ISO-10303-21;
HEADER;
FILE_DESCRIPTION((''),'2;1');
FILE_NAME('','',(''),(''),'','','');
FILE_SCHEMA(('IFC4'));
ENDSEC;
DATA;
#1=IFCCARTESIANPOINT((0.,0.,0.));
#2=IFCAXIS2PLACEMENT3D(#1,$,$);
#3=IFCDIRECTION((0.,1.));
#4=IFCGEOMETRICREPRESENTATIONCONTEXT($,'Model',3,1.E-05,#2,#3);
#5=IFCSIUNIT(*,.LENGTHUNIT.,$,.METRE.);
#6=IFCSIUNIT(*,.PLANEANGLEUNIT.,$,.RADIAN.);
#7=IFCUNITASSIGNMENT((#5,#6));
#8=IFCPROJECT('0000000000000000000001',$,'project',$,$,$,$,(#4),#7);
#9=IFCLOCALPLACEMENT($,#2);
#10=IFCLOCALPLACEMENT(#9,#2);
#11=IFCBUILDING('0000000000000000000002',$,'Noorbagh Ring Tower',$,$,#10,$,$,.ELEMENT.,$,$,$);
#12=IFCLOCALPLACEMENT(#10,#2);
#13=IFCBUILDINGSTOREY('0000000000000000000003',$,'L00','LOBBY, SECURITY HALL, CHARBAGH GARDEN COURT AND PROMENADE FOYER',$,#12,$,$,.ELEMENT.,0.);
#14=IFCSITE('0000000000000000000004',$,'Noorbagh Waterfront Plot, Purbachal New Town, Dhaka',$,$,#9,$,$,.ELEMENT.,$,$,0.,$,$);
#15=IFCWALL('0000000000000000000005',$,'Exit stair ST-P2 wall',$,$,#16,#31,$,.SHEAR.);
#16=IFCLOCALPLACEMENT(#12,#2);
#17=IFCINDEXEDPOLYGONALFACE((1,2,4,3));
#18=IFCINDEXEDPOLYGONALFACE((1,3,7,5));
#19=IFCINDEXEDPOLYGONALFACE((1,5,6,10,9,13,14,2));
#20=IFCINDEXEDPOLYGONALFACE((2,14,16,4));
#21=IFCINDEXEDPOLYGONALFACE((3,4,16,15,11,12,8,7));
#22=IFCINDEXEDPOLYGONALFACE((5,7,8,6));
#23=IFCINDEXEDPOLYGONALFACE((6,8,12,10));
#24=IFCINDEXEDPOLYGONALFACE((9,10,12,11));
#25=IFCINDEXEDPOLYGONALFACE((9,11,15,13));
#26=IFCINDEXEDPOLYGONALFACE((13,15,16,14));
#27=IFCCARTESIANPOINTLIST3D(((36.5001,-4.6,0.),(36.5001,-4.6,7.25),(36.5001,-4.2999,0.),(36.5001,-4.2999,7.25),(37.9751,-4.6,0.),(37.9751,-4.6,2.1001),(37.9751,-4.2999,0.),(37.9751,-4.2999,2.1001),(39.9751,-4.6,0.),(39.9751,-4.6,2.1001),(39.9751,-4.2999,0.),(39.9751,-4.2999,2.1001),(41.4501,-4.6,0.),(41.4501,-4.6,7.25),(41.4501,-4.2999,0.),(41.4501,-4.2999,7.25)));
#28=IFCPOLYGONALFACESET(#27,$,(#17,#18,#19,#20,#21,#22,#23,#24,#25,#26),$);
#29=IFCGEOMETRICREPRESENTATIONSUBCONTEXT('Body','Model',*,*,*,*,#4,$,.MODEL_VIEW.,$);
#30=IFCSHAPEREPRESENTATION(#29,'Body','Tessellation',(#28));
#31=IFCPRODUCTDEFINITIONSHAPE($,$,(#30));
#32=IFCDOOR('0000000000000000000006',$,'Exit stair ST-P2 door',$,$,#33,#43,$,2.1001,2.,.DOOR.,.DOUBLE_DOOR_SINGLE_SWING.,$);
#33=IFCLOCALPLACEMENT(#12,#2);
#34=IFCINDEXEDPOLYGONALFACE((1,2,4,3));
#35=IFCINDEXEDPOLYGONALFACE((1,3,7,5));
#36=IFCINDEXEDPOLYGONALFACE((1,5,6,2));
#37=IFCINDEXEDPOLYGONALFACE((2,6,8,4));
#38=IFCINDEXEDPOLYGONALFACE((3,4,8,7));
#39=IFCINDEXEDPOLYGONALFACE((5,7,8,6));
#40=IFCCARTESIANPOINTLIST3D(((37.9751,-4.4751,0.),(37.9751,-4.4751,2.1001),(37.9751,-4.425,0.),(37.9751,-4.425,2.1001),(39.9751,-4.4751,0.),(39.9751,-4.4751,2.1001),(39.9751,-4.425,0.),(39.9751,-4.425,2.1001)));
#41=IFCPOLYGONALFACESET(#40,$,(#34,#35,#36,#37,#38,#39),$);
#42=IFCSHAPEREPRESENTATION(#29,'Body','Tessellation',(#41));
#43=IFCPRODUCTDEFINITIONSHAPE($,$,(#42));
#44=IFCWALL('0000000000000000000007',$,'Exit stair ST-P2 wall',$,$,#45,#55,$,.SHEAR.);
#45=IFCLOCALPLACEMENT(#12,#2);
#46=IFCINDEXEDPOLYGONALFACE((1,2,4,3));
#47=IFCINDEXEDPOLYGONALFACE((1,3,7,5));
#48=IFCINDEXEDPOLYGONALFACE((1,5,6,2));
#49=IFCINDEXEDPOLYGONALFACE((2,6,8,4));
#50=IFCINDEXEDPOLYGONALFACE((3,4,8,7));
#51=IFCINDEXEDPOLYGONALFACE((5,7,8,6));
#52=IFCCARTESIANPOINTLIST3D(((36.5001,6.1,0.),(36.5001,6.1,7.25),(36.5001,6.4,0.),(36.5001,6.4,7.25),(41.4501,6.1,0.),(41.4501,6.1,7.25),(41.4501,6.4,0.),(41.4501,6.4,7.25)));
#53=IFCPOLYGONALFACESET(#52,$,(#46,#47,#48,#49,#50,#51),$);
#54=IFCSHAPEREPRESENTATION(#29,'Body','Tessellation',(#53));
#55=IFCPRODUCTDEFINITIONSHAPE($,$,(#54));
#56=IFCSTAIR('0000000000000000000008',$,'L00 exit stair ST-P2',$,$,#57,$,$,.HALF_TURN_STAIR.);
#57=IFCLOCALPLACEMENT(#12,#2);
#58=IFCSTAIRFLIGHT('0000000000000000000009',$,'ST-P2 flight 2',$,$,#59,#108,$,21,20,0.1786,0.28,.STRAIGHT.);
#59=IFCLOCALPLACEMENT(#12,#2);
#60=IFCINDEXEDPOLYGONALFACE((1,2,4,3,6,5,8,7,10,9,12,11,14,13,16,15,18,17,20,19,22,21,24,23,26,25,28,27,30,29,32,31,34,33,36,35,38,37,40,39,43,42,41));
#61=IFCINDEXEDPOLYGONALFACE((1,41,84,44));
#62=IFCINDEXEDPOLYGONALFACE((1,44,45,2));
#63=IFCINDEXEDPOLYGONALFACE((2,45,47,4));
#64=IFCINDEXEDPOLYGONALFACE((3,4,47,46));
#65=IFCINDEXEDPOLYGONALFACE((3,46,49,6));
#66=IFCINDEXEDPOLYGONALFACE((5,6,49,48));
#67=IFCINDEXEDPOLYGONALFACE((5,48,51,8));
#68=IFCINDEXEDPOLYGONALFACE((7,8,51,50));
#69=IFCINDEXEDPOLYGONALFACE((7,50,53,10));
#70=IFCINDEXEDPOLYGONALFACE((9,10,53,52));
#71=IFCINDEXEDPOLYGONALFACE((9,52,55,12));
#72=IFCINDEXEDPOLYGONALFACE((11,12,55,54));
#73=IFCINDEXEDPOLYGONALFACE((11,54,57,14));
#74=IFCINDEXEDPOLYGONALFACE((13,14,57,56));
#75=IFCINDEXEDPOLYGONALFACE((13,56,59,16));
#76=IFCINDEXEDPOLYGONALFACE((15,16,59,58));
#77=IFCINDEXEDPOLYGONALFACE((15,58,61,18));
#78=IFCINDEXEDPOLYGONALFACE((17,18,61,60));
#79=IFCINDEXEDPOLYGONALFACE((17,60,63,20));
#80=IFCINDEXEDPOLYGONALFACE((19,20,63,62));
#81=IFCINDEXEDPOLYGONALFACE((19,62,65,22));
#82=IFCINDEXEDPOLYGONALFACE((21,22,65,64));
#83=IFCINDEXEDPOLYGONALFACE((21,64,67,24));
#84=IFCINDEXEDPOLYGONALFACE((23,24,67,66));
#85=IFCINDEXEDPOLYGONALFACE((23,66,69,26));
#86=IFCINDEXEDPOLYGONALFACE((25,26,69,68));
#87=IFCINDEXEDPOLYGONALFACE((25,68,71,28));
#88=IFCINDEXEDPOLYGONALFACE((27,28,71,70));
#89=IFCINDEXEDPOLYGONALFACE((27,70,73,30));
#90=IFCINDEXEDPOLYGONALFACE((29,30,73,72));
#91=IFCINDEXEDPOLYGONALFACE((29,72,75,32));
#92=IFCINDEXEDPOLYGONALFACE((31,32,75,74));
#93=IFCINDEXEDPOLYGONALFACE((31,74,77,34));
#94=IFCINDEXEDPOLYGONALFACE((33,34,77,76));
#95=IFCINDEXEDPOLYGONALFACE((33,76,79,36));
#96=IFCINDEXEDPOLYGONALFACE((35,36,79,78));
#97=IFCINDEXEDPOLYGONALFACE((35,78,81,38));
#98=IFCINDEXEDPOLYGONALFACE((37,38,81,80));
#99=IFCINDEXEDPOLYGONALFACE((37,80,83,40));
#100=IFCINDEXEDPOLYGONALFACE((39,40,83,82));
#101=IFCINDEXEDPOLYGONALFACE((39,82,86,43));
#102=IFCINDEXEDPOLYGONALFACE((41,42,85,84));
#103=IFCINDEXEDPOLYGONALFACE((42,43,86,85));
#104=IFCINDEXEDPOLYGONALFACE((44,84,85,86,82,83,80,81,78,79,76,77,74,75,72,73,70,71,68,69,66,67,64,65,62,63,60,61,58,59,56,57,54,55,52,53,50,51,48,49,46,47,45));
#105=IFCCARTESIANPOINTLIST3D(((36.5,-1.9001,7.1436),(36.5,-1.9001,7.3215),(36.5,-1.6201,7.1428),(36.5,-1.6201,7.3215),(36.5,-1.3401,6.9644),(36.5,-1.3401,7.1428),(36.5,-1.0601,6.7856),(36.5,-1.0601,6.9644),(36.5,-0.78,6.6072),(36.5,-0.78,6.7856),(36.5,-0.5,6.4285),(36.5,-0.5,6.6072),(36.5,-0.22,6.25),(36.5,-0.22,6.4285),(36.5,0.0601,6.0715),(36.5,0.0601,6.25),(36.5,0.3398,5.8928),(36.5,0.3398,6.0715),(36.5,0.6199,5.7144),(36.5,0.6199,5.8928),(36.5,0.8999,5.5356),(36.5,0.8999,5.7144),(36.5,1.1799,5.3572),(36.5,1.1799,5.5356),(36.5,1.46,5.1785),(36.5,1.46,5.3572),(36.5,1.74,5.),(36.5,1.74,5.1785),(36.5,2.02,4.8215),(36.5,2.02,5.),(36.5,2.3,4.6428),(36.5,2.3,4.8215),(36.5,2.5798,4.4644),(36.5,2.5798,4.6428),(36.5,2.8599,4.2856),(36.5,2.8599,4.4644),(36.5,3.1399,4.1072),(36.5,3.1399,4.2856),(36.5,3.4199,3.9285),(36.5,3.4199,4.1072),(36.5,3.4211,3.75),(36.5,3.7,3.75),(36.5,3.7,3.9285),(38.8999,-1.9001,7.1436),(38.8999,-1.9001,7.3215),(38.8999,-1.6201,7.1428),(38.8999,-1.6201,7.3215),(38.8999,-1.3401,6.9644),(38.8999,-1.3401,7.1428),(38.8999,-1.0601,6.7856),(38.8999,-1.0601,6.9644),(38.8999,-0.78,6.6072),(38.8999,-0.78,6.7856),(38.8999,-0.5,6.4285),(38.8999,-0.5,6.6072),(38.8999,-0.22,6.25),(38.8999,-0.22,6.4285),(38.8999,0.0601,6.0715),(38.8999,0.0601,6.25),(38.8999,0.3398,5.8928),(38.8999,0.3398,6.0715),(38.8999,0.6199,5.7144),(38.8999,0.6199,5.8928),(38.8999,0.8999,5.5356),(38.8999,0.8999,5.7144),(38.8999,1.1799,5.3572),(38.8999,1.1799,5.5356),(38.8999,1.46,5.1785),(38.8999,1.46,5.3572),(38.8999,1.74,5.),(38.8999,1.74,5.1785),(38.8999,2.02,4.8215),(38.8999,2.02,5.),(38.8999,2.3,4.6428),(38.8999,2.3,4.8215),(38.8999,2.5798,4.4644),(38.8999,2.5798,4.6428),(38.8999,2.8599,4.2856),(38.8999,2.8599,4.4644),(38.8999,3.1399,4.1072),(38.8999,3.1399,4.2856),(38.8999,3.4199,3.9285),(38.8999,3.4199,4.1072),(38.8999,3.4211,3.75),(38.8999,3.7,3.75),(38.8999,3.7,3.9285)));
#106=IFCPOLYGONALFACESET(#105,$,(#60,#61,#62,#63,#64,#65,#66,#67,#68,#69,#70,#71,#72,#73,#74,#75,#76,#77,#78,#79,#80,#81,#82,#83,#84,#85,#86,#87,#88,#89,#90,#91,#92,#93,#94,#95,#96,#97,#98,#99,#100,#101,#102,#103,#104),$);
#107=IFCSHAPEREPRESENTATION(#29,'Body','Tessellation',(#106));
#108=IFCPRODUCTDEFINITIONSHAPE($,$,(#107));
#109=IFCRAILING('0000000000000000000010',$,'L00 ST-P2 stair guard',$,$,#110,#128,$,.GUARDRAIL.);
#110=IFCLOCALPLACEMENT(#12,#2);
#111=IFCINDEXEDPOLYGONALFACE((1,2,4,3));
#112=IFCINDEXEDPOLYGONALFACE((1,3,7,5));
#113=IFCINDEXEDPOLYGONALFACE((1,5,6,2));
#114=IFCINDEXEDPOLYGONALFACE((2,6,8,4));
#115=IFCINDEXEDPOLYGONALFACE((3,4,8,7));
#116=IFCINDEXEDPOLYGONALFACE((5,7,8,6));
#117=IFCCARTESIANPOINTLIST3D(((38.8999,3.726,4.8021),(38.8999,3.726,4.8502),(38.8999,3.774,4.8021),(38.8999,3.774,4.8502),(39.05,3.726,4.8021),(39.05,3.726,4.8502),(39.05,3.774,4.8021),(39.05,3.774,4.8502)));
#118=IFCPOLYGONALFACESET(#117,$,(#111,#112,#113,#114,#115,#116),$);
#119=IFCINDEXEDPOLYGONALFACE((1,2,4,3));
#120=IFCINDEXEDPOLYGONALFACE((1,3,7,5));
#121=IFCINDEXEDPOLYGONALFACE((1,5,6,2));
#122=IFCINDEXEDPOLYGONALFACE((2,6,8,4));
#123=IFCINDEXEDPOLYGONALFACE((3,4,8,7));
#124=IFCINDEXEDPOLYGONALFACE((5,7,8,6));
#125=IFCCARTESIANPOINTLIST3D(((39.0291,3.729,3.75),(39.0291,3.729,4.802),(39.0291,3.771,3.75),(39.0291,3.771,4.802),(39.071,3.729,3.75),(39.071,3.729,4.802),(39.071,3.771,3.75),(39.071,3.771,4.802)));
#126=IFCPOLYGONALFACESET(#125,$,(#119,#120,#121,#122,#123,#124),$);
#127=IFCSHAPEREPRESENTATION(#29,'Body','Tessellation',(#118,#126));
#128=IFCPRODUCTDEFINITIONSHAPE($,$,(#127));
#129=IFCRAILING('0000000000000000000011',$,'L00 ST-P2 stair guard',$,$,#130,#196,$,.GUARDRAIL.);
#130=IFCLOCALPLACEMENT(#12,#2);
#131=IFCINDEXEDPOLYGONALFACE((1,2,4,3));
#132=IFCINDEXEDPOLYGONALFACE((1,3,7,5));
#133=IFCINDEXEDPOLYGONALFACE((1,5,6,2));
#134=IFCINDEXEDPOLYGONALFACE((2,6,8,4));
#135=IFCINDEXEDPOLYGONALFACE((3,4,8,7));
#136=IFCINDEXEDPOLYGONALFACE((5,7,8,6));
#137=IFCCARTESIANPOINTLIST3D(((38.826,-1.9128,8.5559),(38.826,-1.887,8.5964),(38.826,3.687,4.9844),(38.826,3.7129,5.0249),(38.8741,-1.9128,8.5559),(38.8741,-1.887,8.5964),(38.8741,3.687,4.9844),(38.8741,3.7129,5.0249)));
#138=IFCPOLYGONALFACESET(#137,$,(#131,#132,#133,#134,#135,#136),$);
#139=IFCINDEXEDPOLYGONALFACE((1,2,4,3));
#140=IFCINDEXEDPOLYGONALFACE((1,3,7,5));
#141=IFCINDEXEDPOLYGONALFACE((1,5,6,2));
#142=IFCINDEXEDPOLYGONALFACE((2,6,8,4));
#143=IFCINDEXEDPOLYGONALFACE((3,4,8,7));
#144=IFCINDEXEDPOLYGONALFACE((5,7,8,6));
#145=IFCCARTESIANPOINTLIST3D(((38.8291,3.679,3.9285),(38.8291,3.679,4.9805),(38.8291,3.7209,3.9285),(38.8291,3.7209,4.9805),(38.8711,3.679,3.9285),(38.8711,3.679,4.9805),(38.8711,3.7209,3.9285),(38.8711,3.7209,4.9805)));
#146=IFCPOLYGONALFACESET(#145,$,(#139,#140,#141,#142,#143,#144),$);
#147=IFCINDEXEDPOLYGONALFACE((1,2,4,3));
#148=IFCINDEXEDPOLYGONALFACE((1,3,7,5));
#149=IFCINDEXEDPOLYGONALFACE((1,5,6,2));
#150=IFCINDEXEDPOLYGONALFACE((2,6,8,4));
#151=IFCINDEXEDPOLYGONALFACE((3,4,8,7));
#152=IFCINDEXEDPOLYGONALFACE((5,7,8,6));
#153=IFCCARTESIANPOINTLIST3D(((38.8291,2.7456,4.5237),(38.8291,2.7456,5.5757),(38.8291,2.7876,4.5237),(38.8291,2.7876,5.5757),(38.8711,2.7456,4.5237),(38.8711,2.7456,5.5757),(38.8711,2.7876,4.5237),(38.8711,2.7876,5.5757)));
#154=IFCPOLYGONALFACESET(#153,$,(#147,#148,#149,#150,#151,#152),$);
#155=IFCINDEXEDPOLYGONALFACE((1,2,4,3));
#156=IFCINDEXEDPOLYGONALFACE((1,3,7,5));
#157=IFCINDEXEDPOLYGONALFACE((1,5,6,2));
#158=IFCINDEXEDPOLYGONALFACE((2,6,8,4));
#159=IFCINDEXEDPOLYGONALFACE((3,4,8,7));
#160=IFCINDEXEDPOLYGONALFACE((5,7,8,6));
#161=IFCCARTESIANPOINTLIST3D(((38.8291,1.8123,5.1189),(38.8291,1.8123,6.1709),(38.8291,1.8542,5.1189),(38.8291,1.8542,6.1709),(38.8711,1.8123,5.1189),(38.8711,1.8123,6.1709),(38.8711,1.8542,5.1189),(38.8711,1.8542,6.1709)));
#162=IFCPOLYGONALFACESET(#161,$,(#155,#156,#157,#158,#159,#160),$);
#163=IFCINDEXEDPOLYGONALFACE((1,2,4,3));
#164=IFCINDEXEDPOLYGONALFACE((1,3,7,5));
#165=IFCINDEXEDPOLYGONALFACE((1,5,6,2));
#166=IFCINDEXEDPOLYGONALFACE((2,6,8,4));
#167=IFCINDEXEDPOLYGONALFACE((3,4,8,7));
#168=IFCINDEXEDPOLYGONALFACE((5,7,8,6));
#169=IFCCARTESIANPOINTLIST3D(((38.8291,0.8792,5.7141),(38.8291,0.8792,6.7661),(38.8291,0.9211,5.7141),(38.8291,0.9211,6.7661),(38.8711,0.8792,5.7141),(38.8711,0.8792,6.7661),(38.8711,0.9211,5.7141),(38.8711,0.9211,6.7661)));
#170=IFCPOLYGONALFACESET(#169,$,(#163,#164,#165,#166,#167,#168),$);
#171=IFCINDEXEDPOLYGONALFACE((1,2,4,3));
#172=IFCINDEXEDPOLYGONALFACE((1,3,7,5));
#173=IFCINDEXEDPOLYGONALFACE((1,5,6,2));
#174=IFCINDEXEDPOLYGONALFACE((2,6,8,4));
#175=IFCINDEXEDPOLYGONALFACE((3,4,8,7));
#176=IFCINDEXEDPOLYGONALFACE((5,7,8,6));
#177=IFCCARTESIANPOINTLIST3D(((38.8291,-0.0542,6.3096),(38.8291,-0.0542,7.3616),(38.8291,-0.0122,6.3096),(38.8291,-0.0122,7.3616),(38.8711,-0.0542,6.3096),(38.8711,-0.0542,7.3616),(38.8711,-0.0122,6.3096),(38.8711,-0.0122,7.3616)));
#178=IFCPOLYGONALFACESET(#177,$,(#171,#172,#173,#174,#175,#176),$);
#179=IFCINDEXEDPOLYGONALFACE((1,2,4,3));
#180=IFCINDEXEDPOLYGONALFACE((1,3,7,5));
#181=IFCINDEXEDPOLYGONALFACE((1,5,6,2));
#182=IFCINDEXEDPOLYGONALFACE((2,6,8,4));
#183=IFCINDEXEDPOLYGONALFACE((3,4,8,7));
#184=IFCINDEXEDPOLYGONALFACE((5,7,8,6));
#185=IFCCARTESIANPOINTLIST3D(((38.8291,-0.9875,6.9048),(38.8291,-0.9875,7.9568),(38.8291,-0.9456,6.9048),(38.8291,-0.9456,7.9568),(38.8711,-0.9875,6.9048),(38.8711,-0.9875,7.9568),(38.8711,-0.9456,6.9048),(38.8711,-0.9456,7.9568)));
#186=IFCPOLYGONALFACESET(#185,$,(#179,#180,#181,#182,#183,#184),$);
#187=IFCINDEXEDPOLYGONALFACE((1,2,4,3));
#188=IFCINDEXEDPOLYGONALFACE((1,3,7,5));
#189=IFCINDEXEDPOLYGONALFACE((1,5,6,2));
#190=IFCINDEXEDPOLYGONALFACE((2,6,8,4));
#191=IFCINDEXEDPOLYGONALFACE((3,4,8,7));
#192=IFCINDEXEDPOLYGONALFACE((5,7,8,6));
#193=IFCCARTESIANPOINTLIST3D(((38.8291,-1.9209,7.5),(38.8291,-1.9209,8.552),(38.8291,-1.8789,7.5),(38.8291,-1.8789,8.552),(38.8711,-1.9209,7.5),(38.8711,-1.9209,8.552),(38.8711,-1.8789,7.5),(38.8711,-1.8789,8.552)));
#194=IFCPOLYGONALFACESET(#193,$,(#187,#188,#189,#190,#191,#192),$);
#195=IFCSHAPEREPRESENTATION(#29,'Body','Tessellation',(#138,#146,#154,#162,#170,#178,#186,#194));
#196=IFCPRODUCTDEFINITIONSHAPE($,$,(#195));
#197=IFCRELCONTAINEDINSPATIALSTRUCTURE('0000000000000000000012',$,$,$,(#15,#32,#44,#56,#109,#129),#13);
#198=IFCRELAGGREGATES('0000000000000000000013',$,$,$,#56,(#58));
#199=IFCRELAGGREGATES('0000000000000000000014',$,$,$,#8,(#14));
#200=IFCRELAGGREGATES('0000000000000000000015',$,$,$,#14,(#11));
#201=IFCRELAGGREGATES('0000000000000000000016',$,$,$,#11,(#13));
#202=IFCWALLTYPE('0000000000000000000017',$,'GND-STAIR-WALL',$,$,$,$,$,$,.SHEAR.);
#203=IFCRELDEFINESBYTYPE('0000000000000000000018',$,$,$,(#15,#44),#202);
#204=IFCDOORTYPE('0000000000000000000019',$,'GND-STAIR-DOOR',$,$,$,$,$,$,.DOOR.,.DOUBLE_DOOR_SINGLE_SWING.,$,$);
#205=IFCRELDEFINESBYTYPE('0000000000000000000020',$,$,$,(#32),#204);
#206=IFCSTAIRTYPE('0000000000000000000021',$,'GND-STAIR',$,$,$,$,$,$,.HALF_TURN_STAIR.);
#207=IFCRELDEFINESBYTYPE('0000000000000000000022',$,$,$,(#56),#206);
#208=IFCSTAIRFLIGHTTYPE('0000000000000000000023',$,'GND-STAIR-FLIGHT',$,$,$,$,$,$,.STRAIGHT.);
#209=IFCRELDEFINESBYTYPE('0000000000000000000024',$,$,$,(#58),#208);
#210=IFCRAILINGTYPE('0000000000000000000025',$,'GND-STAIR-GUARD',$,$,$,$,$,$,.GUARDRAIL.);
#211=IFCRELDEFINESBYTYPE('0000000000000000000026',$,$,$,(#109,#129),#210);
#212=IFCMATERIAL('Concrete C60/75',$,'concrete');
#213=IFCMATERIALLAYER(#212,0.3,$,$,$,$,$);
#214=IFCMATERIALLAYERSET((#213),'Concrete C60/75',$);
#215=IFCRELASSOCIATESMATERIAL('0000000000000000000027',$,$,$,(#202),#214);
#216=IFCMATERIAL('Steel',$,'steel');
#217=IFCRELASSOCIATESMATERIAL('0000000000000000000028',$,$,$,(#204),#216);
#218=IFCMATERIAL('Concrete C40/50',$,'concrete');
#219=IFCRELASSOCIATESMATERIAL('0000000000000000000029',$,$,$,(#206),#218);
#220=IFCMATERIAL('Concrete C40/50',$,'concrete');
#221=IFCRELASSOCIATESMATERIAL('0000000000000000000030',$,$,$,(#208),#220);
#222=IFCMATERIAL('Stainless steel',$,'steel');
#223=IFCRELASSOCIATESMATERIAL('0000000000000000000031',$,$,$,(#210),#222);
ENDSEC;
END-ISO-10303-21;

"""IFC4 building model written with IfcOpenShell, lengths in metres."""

from ifc_helpers import new_model, si_unit, direction, frame, frame_2d, origin, origin_2d, place, context, subcontext, project, spatial, polyline, rectangle, outline, extrude, material, layer, layer_set, type_object, element, fill, aggregate, save


model = new_model("IFC4")

# Units and contexts
model_context = context("Model", 3, precision=1e-05, world=origin(), true_north=direction((0.0, 1.0)))
body_context = subcontext(model_context, "Body", "Model", "MODEL_VIEW")
ifc_project = project(units=[si_unit("LENGTHUNIT", "METRE"), si_unit("PLANEANGLEUNIT", "RADIAN")], contexts=[model_context])

# Site, building, storey
site_placement = place(None, origin())
site = spatial("IfcSite", under=ifc_project, at=site_placement, Name="Noorbagh Waterfront Plot, Purbachal New Town, Dhaka", CompositionType="ELEMENT", RefElevation=0.0)
building_placement = place(site_placement, origin())
building = spatial("IfcBuilding", under=site, at=building_placement, Name="Noorbagh Ring Tower", CompositionType="ELEMENT")
storey_placement = place(building_placement, origin())
storey = spatial("IfcBuildingStorey", under=building, at=storey_placement, Name="L00", Description="LOBBY, SECURITY HALL, CHARBAGH GARDEN COURT AND PROMENADE FOYER", CompositionType="ELEMENT", Elevation=0.0)

# Shared definitions
ifc_material_1 = material(Name="Concrete C60/75", Category="concrete")
ifc_layer_1 = layer(ifc_material_1, 0.3)
ifc_layer_set_1 = layer_set([ifc_layer_1], Name="Concrete C60/75")
wall_type_1 = type_object("IfcWallType", Name="GND-STAIR-WALL", PredefinedType="SHEAR", material=ifc_layer_set_1)

# Wall, opening, door
wall_1_placement = place(storey_placement, frame((36.5, -4.45, 0.0), z_axis=(0.0, 0.0, 1.0), x_axis=(1.0, 0.0, 0.0)))
wall_1 = element("IfcWall", 1, at=wall_1_placement, inside=storey, type_object=wall_type_1, Name="Exit stair ST-P2 wall", PredefinedType="SHEAR", context=body_context, shape_type="SweptSolid", body=[
    extrude(rectangle(XDim=4.95, YDim=0.3, at=frame_2d((2.4751, 0.0))), origin(), (0.0, 0.0, 1.0), 7.25),
])
opening_1_placement = place(wall_1_placement, frame((1.4751, 0.0, 0.0)))
opening_1 = element("IfcOpeningElement", 2, at=opening_1_placement, cuts=wall_1, PredefinedType="OPENING", context=body_context, shape_type="SweptSolid", body=[
    extrude(rectangle(XDim=2.0, YDim=2.1001, at=frame_2d((1.0, 1.05))), frame((0.0, 0.1602, 0.0), z_axis=(0.0, -1.0, 0.0), x_axis=(1.0, 0.0, 0.0)), (0.0, 0.0, 1.0), 0.3201),
])
ifc_material_2 = material(Name="Steel", Category="steel")
door_type_1 = type_object("IfcDoorType", Name="GND-STAIR-DOOR", OperationType="DOUBLE_DOOR_SINGLE_SWING", PredefinedType="DOOR", material=ifc_material_2)
door_1_placement = place(opening_1_placement, origin())
door_1 = element("IfcDoor", 3, at=door_1_placement, inside=storey, type_object=door_type_1, Name="Exit stair ST-P2 door", OperationType="DOUBLE_DOOR_SINGLE_SWING", OverallHeight=2.1001, OverallWidth=2.0, PredefinedType="DOOR", context=body_context, shape_type="SweptSolid", body=[
    extrude(rectangle(XDim=2.0, YDim=2.1001, at=frame_2d((1.0, 1.05))), frame((0.0, 0.0249, 0.0), z_axis=(0.0, -1.0, 0.0), x_axis=(1.0, 0.0, 0.0)), (0.0, 0.0, 1.0), 0.05),
])
fill(opening_1, door_1)

# Wall
wall_2_placement = place(storey_placement, frame((36.5, 6.25, 0.0), z_axis=(0.0, 0.0, 1.0), x_axis=(1.0, 0.0, 0.0)))
element("IfcWall", 4, at=wall_2_placement, inside=storey, type_object=wall_type_1, Name="Exit stair ST-P2 wall", PredefinedType="SHEAR", context=body_context, shape_type="SweptSolid", body=[
    extrude(rectangle(XDim=4.95, YDim=0.3, at=frame_2d((2.4751, 0.0))), origin(), (0.0, 0.0, 1.0), 7.25),
])

# Stair, stair flight
ifc_material_3 = material(Name="Concrete C40/50", Category="concrete")
stair_type = type_object("IfcStairType", Name="GND-STAIR", PredefinedType="HALF_TURN_STAIR", material=ifc_material_3)
stair_placement = place(storey_placement, origin())
stair = element("IfcStair", 5, at=stair_placement, inside=storey, type_object=stair_type, Name="L00 exit stair ST-P2", PredefinedType="HALF_TURN_STAIR")
ifc_material_4 = material(Name="Concrete C40/50", Category="concrete")
stair_flight_type = type_object("IfcStairFlightType", Name="GND-STAIR-FLIGHT", PredefinedType="STRAIGHT", material=ifc_material_4)
stair_flight_placement = place(storey_placement, frame((37.7, 3.7, 3.75), z_axis=(0.0, 0.0, 1.0), x_axis=(0.0, -1.0, 0.0)))
stair_flight = element("IfcStairFlight", 6, at=stair_flight_placement, type_object=stair_flight_type, Name="ST-P2 flight 2", NumberOfRisers=21, NumberOfTreads=20, PredefinedType="STRAIGHT", RiserHeight=0.1786, TreadLength=0.28, context=body_context, shape_type="SweptSolid", body=[
    extrude(outline(polyline([(0.0, 0.0), (0.0, 0.1785), (0.28, 0.1785), (0.28, 0.3572), (0.5601, 0.3572), (0.5601, 0.5356), (0.8401, 0.5356), (0.8401, 0.7144), (1.1201, 0.7144), (1.1201, 0.8928), (1.3999, 0.8928), (1.3999, 1.0715), (1.6799, 1.0715), (1.6799, 1.25), (1.96, 1.25), (1.96, 1.4285), (2.24, 1.4285), (2.24, 1.6072), (2.52, 1.6072), (2.52, 1.7856), (2.8, 1.7856), (2.8, 1.9644), (3.0801, 1.9644), (3.0801, 2.1428), (3.3601, 2.1428), (3.3601, 2.3215), (3.6399, 2.3215), (3.6399, 2.5), (3.9199, 2.5), (3.9199, 2.6785), (4.2, 2.6785), (4.2, 2.8572), (4.48, 2.8572), (4.48, 3.0356), (4.76, 3.0356), (4.76, 3.2144), (5.04, 3.2144), (5.04, 3.3928), (5.3201, 3.3928), (5.3201, 3.5715), (5.6001, 3.5715), (5.6001, 3.75), (5.6001, 3.3936), (0.2788, 0.0), (0.0, 0.0)])), frame((0.0, 1.2, 0.0), z_axis=(0.0, -1.0, 0.0), x_axis=(1.0, 0.0, 0.0)), (0.0, 0.0, 1.0), 2.3999),
])
aggregate(stair, [stair_flight])

# Railings
ifc_material_5 = material(Name="Stainless steel", Category="steel")
railing_type = type_object("IfcRailingType", Name="GND-STAIR-GUARD", PredefinedType="GUARDRAIL", material=ifc_material_5)
railing_1_placement = place(storey_placement, frame((39.05, 3.75, 3.75)))
element("IfcRailing", 7, at=railing_1_placement, inside=storey, type_object=railing_type, Name="L00 ST-P2 stair guard", PredefinedType="GUARDRAIL", context=body_context, shape_type="SweptSolid", body=[
    extrude(rectangle(XDim=0.0481, YDim=0.0481, at=origin_2d()), frame((0.0, 0.0, 1.0762), z_axis=(-1.0, 0.0, 0.0), x_axis=(0.0, -1.0, 0.0)), (0.0, 0.0, 1.0), 0.1501),
    extrude(rectangle(XDim=0.042, YDim=0.042, at=origin_2d()), origin(), (0.0, 0.0, 1.0), 1.052),
])
railing_2_placement = place(storey_placement, frame((38.8501, 3.7, 3.9285)))
element("IfcRailing", 8, at=railing_2_placement, inside=storey, type_object=railing_type, Name="L00 ST-P2 stair guard", PredefinedType="GUARDRAIL", context=body_context, shape_type="SweptSolid", body=[
    extrude(rectangle(XDim=0.0481, YDim=0.0481, at=origin_2d()), frame((0.0, 0.0, 1.0762), z_axis=(0.0, -0.843116, 0.537731), x_axis=(1.0, 0.0, 0.0)), (0.0, 0.0, 1.0), 6.6418),
    extrude(rectangle(XDim=0.042, YDim=0.042, at=origin_2d()), origin(), (0.0, 0.0, 1.0), 1.052),
    extrude(rectangle(XDim=0.042, YDim=0.042, at=origin_2d()), frame((0.0, -0.9333, 0.5952)), (0.0, 0.0, 1.0), 1.052),
    extrude(rectangle(XDim=0.042, YDim=0.042, at=origin_2d()), frame((0.0, -1.8667, 1.1904)), (0.0, 0.0, 1.0), 1.052),
    extrude(rectangle(XDim=0.042, YDim=0.042, at=origin_2d()), frame((0.0, -2.7998, 1.7856)), (0.0, 0.0, 1.0), 1.052),
    extrude(rectangle(XDim=0.042, YDim=0.042, at=origin_2d()), frame((0.0, -3.7332, 2.3811)), (0.0, 0.0, 1.0), 1.052),
    extrude(rectangle(XDim=0.042, YDim=0.042, at=origin_2d()), frame((0.0, -4.6665, 2.9763)), (0.0, 0.0, 1.0), 1.052),
    extrude(rectangle(XDim=0.042, YDim=0.042, at=origin_2d()), frame((0.0, -5.5999, 3.5715)), (0.0, 0.0, 1.0), 1.052),
])

save(model, "model.ifc")
